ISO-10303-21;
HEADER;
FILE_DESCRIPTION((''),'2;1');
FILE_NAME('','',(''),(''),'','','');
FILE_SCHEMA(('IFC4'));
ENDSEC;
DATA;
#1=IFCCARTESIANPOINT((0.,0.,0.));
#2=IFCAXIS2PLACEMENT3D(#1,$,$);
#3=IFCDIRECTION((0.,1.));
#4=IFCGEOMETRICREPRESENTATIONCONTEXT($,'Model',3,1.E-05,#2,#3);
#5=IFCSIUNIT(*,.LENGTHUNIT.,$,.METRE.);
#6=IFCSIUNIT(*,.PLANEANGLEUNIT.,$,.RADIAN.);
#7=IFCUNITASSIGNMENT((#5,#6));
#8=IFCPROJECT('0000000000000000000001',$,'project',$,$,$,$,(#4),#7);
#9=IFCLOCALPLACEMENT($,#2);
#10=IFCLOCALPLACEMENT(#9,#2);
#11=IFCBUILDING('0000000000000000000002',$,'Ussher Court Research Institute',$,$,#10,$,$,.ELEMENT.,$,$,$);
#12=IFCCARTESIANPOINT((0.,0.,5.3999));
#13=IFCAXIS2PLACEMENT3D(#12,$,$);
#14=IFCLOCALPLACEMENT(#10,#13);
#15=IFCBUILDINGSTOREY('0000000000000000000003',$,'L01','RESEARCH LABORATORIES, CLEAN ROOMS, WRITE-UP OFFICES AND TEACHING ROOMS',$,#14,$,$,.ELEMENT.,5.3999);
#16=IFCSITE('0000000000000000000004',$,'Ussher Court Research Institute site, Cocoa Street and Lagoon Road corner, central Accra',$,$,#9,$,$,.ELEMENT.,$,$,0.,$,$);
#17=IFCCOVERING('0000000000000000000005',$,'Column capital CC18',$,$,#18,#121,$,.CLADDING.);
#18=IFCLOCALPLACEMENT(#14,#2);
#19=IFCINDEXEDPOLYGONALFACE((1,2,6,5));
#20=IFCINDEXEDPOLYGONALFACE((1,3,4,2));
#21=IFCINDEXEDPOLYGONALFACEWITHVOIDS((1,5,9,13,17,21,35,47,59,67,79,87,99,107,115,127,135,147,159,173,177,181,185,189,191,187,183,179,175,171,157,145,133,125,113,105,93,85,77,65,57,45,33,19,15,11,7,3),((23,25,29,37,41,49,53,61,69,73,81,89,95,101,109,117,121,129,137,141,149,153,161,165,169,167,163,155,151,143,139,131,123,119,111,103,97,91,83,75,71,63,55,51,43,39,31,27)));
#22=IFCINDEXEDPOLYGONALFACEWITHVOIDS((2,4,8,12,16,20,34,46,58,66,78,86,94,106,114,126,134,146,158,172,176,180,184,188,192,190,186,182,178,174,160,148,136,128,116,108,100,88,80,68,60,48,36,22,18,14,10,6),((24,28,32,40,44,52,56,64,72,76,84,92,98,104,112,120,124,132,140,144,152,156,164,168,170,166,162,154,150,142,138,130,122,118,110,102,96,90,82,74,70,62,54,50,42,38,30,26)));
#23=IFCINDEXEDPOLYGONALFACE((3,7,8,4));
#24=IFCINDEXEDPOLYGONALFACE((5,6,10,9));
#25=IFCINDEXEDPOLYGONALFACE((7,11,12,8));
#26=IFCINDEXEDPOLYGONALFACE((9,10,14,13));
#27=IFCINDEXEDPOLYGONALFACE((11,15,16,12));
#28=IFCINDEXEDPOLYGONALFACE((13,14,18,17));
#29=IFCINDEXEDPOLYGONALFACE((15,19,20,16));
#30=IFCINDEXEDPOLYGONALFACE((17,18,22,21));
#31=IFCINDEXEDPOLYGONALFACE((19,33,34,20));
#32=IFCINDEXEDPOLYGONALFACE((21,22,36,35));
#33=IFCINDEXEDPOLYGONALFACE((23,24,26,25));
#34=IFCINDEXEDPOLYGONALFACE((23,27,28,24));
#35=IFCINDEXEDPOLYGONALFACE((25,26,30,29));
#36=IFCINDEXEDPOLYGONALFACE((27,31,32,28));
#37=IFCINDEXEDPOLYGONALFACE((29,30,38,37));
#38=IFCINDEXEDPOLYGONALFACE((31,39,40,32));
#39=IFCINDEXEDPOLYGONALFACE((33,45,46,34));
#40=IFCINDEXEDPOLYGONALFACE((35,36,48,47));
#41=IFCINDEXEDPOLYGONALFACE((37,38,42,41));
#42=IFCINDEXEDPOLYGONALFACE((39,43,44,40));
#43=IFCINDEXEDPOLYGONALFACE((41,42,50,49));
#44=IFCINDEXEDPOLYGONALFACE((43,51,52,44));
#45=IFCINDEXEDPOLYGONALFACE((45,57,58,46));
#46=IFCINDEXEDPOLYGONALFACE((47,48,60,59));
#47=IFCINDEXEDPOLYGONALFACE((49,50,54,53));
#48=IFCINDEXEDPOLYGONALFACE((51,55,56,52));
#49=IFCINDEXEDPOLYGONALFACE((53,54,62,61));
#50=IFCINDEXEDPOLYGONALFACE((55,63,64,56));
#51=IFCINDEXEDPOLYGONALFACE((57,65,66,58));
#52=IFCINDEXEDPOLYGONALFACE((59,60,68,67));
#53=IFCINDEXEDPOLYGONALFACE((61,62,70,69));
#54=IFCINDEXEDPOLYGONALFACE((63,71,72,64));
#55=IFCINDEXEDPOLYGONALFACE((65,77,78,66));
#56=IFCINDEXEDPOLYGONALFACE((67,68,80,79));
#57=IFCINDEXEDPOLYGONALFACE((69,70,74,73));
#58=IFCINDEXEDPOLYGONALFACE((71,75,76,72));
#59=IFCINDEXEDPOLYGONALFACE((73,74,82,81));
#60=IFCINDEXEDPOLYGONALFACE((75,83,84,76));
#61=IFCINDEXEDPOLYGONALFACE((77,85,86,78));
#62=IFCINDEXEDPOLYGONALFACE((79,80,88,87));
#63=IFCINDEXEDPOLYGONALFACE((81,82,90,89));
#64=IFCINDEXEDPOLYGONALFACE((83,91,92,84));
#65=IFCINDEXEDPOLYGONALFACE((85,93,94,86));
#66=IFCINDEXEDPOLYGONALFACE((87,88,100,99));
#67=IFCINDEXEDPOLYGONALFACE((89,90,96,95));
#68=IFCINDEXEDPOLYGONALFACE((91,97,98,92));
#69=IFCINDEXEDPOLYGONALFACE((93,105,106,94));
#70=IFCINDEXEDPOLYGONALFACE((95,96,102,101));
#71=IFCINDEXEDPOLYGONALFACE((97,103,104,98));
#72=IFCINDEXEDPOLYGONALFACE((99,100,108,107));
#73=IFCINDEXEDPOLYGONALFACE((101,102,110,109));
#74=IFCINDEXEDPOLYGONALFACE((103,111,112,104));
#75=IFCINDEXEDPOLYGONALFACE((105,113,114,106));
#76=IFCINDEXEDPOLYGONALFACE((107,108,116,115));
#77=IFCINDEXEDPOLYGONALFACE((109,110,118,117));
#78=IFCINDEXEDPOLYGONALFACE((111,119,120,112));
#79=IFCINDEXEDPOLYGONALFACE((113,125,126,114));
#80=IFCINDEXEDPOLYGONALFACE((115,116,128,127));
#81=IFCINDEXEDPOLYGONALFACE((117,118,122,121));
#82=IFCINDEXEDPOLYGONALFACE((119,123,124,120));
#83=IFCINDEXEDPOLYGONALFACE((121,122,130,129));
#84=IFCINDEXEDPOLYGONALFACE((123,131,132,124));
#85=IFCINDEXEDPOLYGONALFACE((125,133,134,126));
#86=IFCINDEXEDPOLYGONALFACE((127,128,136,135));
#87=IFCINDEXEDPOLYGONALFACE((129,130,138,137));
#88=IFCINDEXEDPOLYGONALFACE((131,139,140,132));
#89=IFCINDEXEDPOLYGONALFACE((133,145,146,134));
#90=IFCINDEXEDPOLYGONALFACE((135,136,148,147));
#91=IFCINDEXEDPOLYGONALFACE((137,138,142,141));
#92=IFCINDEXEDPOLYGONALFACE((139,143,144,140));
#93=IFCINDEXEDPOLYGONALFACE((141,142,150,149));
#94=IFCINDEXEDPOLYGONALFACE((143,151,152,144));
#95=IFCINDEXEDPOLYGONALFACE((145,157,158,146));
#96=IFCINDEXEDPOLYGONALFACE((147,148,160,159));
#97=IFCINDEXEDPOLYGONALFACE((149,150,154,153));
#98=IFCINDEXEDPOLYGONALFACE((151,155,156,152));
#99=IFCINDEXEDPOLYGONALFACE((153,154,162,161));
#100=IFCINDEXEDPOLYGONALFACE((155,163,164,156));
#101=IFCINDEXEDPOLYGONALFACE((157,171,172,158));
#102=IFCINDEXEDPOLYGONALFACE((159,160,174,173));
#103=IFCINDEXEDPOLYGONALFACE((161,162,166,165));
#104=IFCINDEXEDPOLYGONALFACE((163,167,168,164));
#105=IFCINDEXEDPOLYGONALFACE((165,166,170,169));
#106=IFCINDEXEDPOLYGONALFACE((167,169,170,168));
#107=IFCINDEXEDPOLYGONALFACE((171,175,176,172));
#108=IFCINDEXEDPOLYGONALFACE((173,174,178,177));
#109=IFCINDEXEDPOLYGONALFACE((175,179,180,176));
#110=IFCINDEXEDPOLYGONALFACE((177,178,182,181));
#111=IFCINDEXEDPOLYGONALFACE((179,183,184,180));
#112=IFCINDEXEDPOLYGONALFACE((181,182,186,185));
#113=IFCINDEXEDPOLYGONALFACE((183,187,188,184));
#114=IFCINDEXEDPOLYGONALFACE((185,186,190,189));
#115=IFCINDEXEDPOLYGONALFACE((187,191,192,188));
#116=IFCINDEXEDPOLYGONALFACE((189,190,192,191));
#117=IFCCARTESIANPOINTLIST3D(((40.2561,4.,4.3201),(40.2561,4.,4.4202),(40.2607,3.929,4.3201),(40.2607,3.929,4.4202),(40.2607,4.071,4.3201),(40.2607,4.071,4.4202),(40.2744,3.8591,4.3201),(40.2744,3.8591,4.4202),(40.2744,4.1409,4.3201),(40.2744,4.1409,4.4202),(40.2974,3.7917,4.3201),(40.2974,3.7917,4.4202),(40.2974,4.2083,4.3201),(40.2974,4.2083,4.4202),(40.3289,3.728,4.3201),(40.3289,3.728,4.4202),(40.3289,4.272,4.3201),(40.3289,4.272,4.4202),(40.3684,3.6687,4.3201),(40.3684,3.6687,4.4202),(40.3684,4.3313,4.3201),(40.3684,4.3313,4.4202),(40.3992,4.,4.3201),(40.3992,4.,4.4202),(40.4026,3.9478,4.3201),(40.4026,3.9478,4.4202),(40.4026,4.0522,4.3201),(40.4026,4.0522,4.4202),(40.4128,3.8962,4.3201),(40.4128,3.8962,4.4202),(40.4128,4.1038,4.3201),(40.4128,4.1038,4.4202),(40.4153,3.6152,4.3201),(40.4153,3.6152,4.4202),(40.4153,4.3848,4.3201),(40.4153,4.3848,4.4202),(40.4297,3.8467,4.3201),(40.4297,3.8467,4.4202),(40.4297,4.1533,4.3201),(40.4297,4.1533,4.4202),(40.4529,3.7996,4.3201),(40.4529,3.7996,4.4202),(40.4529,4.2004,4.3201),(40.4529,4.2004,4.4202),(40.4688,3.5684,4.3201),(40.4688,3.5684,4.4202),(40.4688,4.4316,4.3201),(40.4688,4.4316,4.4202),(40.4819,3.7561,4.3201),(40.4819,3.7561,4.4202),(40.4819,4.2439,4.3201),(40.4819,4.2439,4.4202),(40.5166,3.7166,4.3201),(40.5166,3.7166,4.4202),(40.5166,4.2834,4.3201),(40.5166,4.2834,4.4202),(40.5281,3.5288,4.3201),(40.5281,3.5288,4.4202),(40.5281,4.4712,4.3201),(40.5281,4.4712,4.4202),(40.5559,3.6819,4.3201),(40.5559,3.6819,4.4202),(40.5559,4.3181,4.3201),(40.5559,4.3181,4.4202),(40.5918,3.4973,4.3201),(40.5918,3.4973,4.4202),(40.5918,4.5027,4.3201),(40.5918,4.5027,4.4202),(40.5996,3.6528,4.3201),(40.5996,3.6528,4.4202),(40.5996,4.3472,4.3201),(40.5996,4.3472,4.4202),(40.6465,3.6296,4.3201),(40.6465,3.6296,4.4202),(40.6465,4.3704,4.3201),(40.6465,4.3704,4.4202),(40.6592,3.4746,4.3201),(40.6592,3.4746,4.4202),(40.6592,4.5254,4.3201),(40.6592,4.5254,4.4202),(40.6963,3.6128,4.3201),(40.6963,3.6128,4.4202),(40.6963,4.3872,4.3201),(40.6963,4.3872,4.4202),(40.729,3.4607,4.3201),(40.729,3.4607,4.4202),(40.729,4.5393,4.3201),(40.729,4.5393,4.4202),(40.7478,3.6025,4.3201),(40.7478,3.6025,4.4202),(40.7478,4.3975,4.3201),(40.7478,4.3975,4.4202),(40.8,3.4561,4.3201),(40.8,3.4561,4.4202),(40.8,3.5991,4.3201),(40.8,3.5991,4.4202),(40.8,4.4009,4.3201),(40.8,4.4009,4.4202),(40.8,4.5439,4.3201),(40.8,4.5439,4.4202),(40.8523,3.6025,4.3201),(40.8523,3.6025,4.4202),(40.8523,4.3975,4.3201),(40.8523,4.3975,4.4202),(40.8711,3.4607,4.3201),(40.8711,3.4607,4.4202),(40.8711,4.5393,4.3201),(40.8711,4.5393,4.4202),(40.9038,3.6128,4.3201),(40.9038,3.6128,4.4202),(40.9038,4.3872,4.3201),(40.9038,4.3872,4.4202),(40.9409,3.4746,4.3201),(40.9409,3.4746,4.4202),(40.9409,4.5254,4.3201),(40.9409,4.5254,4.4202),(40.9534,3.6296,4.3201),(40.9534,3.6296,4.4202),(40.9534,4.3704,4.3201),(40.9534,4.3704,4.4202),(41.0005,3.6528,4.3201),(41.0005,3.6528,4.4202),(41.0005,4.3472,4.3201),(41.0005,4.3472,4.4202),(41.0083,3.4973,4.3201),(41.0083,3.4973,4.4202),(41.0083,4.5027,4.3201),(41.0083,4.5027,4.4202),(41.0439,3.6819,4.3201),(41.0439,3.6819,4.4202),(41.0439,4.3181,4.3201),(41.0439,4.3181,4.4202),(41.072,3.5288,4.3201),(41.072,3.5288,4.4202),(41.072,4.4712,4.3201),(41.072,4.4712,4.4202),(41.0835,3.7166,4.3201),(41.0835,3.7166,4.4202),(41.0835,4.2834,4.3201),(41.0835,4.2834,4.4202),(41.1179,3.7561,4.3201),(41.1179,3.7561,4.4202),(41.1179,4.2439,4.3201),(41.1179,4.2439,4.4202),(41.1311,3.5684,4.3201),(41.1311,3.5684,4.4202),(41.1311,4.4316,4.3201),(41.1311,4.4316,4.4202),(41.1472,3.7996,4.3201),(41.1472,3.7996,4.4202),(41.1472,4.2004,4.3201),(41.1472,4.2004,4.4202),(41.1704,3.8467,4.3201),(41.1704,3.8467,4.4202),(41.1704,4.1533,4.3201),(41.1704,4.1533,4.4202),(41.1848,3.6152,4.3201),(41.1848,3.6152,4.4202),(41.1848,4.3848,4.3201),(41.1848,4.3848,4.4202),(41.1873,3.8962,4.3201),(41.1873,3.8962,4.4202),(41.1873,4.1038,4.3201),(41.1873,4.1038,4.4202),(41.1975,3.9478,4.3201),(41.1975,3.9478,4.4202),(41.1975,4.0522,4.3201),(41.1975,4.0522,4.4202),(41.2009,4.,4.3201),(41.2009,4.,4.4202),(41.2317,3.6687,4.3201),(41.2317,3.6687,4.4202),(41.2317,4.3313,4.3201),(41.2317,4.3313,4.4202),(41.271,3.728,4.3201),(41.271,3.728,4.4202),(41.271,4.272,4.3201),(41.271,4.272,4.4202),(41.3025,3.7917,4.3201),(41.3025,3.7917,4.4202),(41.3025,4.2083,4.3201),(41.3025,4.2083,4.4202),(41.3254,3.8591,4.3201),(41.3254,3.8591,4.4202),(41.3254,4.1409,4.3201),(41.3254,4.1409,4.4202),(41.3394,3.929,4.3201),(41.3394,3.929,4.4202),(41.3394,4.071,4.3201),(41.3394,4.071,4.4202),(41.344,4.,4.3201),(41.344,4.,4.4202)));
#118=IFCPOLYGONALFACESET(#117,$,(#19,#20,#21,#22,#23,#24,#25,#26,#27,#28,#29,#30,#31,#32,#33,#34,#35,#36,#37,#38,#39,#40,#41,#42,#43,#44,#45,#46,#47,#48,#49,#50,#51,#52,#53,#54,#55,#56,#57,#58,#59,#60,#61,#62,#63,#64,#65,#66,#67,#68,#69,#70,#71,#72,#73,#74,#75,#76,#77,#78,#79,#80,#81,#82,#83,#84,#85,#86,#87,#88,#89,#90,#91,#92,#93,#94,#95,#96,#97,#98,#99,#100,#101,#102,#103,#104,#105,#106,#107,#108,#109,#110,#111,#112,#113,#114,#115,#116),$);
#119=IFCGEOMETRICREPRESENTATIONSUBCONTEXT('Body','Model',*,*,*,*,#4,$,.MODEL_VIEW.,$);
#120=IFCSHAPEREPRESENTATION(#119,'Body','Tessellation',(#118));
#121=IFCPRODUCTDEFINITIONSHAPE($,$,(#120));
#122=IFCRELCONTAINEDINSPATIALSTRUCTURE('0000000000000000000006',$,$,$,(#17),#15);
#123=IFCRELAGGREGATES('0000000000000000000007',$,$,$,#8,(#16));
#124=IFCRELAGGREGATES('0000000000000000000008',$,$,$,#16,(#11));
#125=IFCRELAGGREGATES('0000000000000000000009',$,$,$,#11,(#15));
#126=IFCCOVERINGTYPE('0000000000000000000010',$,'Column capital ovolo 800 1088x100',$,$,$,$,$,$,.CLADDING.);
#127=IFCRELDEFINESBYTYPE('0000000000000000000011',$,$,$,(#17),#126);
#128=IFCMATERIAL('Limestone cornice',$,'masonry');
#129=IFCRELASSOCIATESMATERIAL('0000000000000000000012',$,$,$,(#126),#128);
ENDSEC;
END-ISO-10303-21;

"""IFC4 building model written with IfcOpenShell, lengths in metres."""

from ifc_helpers import new_model, si_unit, direction, frame, origin, place, context, subcontext, project, spatial, polyline, outline, extrude, material, type_object, element, save


model = new_model("IFC4")

# Units and contexts
model_context = context("Model", 3, precision=1e-05, world=origin(), true_north=direction((0.0, 1.0)))
body_context = subcontext(model_context, "Body", "Model", "MODEL_VIEW")
ifc_project = project(units=[si_unit("LENGTHUNIT", "METRE"), si_unit("PLANEANGLEUNIT", "RADIAN")], contexts=[model_context])

# Site, building, storey
site_placement = place(None, origin())
site = spatial("IfcSite", under=ifc_project, at=site_placement, Name="Ussher Court Research Institute site, Cocoa Street and Lagoon Road corner, central Accra", CompositionType="ELEMENT", RefElevation=0.0)
building_placement = place(site_placement, origin())
building = spatial("IfcBuilding", under=site, at=building_placement, Name="Ussher Court Research Institute", CompositionType="ELEMENT")
storey_placement = place(building_placement, frame((0.0, 0.0, 5.3999)))
storey = spatial("IfcBuildingStorey", under=building, at=storey_placement, Name="L01", Description="RESEARCH LABORATORIES, CLEAN ROOMS, WRITE-UP OFFICES AND TEACHING ROOMS", CompositionType="ELEMENT", Elevation=5.3999)

# Covering
ifc_material_1 = material(Name="Limestone cornice", Category="masonry")
covering_type_1 = type_object("IfcCoveringType", Name="Column capital ovolo 800 1088x100", PredefinedType="CLADDING", material=ifc_material_1)
covering_1_placement = place(storey_placement, frame((0.0, 0.0, 4.3201)))
element("IfcCovering", 1, at=covering_1_placement, inside=storey, type_object=covering_type_1, Name="Column capital CC18", PredefinedType="CLADDING", context=body_context, shape_type="SweptSolid", body=[
    extrude(outline(polyline([(41.344, 4.0), (41.3394, 4.071), (41.3254, 4.1409), (41.3025, 4.2083), (41.271, 4.272), (41.2317, 4.3313), (41.1848, 4.3848), (41.1311, 4.4316), (41.072, 4.4712), (41.0083, 4.5027), (40.9409, 4.5254), (40.8711, 4.5393), (40.8, 4.5439), (40.729, 4.5393), (40.6592, 4.5254), (40.5918, 4.5027), (40.5281, 4.4712), (40.4688, 4.4316), (40.4153, 4.3848), (40.3684, 4.3313), (40.3289, 4.272), (40.2974, 4.2083), (40.2744, 4.1409), (40.2607, 4.071), (40.2561, 4.0), (40.2607, 3.929), (40.2744, 3.8591), (40.2974, 3.7917), (40.3289, 3.728), (40.3684, 3.6687), (40.4153, 3.6152), (40.4688, 3.5684), (40.5281, 3.5288), (40.5918, 3.4973), (40.6592, 3.4746), (40.729, 3.4607), (40.8, 3.4561), (40.8711, 3.4607), (40.9409, 3.4746), (41.0083, 3.4973), (41.072, 3.5288), (41.1311, 3.5684), (41.1848, 3.6152), (41.2317, 3.6687), (41.271, 3.728), (41.3025, 3.7917), (41.3254, 3.8591), (41.3394, 3.929), (41.344, 4.0)]), holes=[polyline([(41.2009, 4.0), (41.1975, 4.0522), (41.1873, 4.1038), (41.1704, 4.1533), (41.1472, 4.2004), (41.1179, 4.2439), (41.0835, 4.2834), (41.0439, 4.3181), (41.0005, 4.3472), (40.9534, 4.3704), (40.9038, 4.3872), (40.8523, 4.3975), (40.8, 4.4009), (40.7478, 4.3975), (40.6963, 4.3872), (40.6465, 4.3704), (40.5996, 4.3472), (40.5559, 4.3181), (40.5166, 4.2834), (40.4819, 4.2439), (40.4529, 4.2004), (40.4297, 4.1533), (40.4128, 4.1038), (40.4026, 4.0522), (40.3992, 4.0), (40.4026, 3.9478), (40.4128, 3.8962), (40.4297, 3.8467), (40.4529, 3.7996), (40.4819, 3.7561), (40.5166, 3.7166), (40.5559, 3.6819), (40.5996, 3.6528), (40.6465, 3.6296), (40.6963, 3.6128), (40.7478, 3.6025), (40.8, 3.5991), (40.8523, 3.6025), (40.9038, 3.6128), (40.9534, 3.6296), (41.0005, 3.6528), (41.0439, 3.6819), (41.0835, 3.7166), (41.1179, 3.7561), (41.1472, 3.7996), (41.1704, 3.8467), (41.1873, 3.8962), (41.1975, 3.9478), (41.2009, 4.0)])]), origin(), (0.0, 0.0, 1.0), 0.1001),
])

save(model, "model.ifc")
